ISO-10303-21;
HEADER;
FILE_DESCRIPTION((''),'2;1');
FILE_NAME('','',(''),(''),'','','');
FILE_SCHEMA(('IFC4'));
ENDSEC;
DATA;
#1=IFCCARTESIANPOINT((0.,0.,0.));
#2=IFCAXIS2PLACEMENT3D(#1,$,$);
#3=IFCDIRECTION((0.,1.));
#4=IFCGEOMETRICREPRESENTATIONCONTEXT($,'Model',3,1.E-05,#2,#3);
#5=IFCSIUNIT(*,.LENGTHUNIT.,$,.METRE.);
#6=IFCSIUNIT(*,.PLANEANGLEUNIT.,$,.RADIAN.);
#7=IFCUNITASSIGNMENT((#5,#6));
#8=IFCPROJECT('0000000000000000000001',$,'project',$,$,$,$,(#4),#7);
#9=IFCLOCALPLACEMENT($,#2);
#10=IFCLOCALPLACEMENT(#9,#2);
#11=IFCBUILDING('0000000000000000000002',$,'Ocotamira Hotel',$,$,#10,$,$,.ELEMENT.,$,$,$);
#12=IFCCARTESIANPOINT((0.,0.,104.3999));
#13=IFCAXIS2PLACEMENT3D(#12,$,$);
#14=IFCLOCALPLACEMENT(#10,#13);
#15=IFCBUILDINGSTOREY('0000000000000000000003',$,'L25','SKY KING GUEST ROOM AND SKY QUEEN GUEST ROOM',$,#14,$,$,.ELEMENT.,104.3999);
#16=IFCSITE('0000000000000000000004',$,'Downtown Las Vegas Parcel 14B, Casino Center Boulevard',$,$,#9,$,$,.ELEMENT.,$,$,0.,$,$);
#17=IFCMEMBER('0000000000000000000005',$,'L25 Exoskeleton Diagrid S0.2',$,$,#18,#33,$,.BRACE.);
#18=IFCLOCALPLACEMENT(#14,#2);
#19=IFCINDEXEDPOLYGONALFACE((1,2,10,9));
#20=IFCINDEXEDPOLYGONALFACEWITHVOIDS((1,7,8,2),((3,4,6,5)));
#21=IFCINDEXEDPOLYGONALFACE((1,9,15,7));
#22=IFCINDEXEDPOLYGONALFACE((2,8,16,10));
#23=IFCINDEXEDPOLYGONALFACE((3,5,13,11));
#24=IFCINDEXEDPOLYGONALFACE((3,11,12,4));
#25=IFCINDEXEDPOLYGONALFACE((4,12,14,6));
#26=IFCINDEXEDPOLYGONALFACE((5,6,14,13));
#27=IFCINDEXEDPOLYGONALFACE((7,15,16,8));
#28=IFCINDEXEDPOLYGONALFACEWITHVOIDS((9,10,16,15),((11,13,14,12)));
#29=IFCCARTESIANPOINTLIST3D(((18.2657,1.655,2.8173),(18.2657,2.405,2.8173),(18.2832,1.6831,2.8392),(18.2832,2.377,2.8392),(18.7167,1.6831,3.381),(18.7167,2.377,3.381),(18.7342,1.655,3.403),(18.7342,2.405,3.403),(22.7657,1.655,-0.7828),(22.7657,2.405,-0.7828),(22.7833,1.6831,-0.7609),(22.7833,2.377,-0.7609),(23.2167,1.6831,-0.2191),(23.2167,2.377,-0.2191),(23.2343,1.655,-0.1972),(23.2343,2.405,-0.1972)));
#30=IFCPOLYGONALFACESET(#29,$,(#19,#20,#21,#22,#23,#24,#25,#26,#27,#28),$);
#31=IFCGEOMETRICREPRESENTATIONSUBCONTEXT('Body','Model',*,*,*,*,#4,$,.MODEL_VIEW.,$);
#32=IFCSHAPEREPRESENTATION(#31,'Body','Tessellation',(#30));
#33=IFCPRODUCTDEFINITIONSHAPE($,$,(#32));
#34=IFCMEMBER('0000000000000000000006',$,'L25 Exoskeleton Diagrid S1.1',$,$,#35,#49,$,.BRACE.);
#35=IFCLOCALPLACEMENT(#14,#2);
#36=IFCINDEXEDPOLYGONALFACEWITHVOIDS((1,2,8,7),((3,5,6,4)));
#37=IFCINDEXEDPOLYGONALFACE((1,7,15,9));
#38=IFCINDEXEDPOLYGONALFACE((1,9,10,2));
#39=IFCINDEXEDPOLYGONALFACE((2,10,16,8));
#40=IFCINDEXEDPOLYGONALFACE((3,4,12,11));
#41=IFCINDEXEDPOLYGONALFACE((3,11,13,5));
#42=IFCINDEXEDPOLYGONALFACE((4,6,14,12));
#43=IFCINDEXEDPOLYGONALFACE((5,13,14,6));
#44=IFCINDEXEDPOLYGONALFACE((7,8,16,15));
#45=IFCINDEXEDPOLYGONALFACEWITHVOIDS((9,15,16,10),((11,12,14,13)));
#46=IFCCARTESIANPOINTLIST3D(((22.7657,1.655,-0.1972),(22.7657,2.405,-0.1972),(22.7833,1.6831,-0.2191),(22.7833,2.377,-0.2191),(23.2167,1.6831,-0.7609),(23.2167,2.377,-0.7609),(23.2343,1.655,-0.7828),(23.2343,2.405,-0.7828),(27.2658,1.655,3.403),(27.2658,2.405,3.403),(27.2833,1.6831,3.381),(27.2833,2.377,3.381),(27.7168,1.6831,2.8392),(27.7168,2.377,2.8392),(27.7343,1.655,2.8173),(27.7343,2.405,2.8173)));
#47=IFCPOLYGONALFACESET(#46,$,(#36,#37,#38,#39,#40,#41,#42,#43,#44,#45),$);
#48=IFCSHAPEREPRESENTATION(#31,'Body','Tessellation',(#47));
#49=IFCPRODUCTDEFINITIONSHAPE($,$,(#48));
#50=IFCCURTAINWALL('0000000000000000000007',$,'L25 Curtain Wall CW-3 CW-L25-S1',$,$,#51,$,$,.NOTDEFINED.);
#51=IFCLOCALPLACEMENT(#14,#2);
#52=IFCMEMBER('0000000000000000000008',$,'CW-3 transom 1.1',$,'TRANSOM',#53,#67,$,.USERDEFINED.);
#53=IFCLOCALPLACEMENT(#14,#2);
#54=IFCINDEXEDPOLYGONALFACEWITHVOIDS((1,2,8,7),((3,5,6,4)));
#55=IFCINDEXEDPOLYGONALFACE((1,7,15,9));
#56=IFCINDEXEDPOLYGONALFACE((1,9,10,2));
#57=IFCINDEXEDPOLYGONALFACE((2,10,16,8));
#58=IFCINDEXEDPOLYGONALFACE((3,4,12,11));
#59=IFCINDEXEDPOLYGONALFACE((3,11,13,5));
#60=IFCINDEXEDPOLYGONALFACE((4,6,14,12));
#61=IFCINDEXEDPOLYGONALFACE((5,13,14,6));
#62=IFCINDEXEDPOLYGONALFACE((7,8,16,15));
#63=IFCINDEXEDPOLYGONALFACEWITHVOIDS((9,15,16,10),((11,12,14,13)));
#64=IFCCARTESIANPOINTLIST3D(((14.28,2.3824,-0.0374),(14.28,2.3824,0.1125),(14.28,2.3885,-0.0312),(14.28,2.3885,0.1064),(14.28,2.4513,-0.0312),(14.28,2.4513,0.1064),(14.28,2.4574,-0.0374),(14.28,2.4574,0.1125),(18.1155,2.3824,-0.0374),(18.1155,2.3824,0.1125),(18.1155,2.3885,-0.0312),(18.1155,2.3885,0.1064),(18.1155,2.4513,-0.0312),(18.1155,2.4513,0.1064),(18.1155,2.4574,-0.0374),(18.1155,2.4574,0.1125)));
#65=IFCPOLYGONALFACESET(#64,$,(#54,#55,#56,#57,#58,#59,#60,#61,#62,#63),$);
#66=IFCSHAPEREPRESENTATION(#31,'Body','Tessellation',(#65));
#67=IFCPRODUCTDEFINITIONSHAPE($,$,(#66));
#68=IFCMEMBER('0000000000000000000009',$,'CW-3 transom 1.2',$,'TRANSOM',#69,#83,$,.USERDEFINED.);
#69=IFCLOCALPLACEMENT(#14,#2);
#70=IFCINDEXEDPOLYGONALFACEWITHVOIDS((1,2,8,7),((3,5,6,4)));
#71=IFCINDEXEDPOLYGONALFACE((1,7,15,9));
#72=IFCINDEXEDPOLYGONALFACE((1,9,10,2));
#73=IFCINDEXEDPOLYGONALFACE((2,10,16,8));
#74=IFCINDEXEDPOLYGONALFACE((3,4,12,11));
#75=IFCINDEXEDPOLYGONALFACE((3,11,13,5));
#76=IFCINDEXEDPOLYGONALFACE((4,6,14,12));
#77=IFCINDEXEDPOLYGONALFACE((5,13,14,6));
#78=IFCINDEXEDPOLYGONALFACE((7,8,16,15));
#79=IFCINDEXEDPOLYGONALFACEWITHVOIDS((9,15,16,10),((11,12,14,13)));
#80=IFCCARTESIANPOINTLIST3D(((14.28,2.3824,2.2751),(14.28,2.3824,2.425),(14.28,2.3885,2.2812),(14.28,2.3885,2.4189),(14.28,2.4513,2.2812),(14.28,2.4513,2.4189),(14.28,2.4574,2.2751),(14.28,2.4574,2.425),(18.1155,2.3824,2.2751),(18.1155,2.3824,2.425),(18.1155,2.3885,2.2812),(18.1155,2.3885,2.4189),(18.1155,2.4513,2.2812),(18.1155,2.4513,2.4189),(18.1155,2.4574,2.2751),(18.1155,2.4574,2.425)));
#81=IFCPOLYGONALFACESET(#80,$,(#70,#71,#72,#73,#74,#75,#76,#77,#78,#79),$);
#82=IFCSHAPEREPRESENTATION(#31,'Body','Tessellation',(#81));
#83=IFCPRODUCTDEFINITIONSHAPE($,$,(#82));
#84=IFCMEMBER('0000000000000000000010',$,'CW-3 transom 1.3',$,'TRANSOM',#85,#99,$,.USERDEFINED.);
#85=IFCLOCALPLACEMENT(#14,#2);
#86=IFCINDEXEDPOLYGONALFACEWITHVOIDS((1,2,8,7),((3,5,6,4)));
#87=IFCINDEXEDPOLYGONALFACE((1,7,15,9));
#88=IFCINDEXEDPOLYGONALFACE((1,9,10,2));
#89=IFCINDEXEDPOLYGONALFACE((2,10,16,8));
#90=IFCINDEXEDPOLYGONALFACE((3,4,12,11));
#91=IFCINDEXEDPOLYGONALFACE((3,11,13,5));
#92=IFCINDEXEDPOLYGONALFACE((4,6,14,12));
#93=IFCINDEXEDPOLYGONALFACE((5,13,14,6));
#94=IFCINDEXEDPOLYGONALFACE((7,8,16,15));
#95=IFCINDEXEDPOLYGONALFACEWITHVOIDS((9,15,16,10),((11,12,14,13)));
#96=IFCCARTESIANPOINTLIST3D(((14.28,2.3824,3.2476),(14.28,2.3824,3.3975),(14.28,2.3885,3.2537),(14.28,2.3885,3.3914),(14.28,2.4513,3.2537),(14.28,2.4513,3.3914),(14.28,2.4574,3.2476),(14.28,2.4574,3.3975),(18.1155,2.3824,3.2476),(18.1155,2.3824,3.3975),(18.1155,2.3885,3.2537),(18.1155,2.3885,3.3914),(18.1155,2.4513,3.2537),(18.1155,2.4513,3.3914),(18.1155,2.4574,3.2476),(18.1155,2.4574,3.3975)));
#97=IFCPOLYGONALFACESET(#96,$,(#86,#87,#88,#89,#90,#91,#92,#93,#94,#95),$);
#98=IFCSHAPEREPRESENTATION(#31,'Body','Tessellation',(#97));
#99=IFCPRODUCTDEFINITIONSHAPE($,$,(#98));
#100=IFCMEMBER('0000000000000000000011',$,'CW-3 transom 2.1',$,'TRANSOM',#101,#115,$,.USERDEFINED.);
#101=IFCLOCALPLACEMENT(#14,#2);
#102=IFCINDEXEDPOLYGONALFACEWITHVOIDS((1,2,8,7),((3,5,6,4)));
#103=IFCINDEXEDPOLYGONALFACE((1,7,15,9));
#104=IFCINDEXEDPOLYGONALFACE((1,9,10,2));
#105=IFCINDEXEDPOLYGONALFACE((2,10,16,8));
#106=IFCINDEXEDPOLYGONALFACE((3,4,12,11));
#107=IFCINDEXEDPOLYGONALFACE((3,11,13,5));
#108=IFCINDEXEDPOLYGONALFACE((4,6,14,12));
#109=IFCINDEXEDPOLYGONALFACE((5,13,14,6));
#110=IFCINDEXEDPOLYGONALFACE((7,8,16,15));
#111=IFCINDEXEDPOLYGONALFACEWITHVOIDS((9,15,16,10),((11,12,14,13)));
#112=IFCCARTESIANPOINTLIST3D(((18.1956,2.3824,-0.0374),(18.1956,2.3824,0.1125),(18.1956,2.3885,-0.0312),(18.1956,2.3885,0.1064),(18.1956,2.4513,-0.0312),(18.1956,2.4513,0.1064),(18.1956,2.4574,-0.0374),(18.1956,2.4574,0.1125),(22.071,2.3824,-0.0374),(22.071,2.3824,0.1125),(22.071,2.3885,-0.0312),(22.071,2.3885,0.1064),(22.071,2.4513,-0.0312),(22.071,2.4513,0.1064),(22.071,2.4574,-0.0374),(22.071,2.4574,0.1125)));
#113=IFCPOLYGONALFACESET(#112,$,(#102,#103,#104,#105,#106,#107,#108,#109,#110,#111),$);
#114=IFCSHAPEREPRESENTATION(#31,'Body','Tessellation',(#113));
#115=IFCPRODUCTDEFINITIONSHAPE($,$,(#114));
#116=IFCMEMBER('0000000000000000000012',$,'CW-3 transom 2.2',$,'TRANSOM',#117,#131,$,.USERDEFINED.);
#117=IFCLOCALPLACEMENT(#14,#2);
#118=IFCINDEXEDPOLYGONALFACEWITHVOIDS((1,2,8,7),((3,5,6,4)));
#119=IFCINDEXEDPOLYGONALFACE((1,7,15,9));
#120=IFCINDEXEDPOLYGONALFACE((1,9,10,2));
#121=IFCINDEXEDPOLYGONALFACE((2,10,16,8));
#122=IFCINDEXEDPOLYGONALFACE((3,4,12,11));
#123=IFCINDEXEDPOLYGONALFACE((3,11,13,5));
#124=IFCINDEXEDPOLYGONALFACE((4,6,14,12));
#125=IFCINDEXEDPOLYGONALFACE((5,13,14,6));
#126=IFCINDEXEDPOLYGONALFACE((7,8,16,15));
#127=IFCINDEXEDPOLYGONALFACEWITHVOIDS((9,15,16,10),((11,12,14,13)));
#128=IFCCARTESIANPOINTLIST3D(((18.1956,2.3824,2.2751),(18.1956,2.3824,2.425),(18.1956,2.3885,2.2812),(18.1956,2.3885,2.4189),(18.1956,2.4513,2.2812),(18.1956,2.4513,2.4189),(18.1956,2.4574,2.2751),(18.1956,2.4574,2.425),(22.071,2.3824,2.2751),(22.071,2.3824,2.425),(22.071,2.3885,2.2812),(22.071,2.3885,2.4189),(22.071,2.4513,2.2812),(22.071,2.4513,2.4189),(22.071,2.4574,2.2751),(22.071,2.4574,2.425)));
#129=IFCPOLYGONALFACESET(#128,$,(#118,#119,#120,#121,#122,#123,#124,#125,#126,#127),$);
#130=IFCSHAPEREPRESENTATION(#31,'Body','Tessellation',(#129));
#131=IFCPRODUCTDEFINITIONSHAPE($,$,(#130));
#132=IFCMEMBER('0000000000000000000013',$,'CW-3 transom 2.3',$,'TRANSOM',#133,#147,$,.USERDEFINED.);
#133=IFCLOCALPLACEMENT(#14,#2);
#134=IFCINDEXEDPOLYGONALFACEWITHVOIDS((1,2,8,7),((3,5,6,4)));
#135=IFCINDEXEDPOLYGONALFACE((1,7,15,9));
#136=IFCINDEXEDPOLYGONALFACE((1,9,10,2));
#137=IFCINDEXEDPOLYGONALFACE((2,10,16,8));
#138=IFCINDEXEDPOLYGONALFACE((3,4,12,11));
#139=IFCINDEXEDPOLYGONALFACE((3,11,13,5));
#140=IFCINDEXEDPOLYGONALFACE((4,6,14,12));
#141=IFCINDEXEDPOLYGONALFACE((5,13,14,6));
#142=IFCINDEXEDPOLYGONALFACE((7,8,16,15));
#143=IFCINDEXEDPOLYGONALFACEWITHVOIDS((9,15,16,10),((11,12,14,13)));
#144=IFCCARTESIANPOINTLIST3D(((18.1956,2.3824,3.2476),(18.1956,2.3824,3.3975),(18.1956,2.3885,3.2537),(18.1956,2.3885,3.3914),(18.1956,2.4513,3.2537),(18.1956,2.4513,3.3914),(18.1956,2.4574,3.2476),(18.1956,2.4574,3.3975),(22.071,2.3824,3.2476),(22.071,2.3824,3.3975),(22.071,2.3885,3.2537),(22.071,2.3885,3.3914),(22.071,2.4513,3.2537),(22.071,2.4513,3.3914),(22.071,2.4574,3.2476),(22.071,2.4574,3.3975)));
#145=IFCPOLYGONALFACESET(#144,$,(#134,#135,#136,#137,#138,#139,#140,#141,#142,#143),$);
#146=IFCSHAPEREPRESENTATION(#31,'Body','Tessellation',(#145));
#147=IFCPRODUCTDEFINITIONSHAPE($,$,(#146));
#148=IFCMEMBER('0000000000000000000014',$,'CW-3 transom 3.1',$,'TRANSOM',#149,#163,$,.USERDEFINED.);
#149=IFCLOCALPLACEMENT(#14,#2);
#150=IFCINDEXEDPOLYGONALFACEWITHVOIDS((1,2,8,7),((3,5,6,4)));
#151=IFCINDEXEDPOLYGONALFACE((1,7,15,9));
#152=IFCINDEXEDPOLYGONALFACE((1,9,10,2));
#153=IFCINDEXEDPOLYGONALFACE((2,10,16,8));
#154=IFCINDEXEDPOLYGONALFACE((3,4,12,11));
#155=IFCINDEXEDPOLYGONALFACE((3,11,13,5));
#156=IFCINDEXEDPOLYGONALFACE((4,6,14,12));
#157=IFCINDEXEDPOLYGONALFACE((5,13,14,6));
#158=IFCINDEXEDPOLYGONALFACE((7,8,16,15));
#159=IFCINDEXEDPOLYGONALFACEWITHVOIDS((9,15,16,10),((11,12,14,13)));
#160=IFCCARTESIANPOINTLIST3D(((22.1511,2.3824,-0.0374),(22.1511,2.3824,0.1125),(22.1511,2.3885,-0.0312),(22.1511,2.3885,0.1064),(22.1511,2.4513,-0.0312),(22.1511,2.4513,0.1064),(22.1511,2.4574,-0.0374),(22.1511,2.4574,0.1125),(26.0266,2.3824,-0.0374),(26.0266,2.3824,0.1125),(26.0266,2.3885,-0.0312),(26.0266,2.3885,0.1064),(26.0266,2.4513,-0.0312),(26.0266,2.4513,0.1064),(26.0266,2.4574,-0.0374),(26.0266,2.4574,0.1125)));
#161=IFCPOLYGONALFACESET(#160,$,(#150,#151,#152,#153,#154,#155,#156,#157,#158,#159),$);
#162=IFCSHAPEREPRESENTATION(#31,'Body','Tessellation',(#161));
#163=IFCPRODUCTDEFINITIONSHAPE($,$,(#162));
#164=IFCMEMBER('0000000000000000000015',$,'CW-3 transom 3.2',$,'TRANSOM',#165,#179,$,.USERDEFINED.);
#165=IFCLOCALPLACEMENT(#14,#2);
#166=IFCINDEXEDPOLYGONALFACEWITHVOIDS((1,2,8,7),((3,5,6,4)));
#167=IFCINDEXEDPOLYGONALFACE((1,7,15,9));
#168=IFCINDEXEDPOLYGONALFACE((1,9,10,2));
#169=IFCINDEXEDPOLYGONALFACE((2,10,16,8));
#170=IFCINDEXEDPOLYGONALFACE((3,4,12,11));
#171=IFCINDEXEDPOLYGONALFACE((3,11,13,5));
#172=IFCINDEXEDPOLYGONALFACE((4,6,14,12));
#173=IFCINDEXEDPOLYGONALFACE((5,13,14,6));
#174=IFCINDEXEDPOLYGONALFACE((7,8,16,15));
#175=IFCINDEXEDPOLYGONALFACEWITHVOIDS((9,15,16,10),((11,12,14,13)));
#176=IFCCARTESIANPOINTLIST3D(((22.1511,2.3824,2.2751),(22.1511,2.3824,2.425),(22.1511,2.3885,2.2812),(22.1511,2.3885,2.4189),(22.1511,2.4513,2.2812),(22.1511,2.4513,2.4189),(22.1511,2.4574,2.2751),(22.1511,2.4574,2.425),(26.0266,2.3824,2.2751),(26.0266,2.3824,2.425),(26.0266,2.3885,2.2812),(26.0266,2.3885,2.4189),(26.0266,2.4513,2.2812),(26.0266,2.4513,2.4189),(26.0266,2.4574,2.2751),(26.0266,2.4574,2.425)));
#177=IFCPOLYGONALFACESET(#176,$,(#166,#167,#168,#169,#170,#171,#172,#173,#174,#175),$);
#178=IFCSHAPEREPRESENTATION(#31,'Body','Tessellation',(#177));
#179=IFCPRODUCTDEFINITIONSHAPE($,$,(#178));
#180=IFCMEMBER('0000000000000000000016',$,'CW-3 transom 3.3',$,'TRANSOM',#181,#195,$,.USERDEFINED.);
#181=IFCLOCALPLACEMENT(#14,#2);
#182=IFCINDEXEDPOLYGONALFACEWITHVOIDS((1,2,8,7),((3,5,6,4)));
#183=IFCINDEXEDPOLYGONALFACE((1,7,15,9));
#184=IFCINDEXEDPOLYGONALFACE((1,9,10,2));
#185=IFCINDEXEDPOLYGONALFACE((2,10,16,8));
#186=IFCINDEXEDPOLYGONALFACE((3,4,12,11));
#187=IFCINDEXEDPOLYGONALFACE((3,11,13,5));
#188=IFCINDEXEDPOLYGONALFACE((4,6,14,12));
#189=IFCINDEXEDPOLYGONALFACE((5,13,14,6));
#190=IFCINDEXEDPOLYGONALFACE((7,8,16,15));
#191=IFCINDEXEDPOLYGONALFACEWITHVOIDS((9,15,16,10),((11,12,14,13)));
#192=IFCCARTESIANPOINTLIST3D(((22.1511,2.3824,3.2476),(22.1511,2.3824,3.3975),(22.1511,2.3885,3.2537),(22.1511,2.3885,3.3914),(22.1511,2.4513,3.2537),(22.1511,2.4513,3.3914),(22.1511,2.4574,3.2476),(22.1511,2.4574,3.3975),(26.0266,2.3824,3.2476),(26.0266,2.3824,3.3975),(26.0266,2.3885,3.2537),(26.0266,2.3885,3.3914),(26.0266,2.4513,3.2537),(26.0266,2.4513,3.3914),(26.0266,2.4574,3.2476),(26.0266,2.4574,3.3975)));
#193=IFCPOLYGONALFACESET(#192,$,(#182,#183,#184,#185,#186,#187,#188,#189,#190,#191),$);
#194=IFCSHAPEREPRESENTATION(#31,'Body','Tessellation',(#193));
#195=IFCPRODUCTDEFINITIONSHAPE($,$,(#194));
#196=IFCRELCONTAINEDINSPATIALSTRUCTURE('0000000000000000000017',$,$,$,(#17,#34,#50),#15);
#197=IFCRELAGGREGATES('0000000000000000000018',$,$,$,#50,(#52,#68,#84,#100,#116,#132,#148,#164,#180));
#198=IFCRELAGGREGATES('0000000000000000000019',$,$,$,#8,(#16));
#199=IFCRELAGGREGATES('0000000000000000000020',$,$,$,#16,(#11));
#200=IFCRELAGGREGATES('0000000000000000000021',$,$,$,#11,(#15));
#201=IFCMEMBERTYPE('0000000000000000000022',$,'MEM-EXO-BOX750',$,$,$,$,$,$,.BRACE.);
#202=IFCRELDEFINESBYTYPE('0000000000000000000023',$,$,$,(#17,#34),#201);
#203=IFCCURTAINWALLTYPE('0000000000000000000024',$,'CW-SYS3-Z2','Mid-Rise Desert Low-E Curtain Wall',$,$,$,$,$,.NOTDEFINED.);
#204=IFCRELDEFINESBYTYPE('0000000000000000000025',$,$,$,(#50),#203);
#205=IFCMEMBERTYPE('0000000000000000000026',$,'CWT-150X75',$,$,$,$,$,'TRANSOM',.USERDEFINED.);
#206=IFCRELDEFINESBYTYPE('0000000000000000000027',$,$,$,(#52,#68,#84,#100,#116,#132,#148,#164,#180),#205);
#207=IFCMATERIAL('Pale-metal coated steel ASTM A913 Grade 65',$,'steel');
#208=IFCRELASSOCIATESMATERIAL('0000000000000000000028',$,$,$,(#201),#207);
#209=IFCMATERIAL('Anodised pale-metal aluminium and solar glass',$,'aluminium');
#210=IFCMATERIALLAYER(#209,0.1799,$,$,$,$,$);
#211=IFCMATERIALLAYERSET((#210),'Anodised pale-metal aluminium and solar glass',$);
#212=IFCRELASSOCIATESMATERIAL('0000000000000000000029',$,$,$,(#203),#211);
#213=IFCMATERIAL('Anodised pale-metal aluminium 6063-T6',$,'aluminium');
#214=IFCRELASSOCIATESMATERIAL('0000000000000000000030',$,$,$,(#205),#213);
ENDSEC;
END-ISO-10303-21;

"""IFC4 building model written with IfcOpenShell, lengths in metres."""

from ifc_helpers import new_model, si_unit, direction, frame, origin, origin_2d, place, context, subcontext, project, spatial, hollow_rectangle, extrude, source, transform, mapped, material, layer, layer_set, material_profile, profile_set, type_object, element, aggregate, save


model = new_model("IFC4")

# Units and contexts
model_context = context("Model", 3, precision=1e-05, world=origin(), true_north=direction((0.0, 1.0)))
body_context = subcontext(model_context, "Body", "Model", "MODEL_VIEW")
ifc_project = project(units=[si_unit("LENGTHUNIT", "METRE"), si_unit("PLANEANGLEUNIT", "RADIAN")], contexts=[model_context])

# Site, building, storey
site_placement = place(None, origin())
site = spatial("IfcSite", under=ifc_project, at=site_placement, Name="Downtown Las Vegas Parcel 14B, Casino Center Boulevard", CompositionType="ELEMENT", RefElevation=0.0)
building_placement = place(site_placement, origin())
building = spatial("IfcBuilding", under=site, at=building_placement, Name="Ocotamira Hotel", CompositionType="ELEMENT")
storey_placement = place(building_placement, frame((0.0, 0.0, 104.3999)))
storey = spatial("IfcBuildingStorey", under=building, at=storey_placement, Name="L25", Description="SKY KING GUEST ROOM AND SKY QUEEN GUEST ROOM", CompositionType="ELEMENT", Elevation=104.3999)

# Members
ifc_material_1 = material(Name="Pale-metal coated steel ASTM A913 Grade 65", Category="steel")
ifc_material_profile_1 = material_profile(ifc_material_1, hollow_rectangle(XDim=0.75, YDim=0.75, WallThickness=0.0281, at=origin_2d()), Name="BOX750X750X28")
ifc_profile_set_1 = profile_set([ifc_material_profile_1], Name="Pale-metal coated steel ASTM A913 Grade 65")
member_type_1 = type_object("IfcMemberType", Name="MEM-EXO-BOX750", PredefinedType="BRACE", material=ifc_profile_set_1)
shared_shape_1 = source(origin(), body_context, "Body", "SweptSolid", [
    extrude(hollow_rectangle(XDim=0.75, YDim=0.75, WallThickness=0.0281, at=origin_2d()), origin(), (0.0, 0.0, 1.0), 5.7629),
])
for number, where, z_axis, x_axis, name in (
    (1, (23.0, 2.03, -0.49), (-0.780861, 0.0, 0.624705), (0.0, -1.0, 0.0), "L25 Exoskeleton Diagrid S0.2"),
    (2, (23.0, 2.03, -0.49), (0.780861, 0.0, 0.624705), (0.0, 1.0, 0.0), "L25 Exoskeleton Diagrid S1.1"),
):
    element("IfcMember", number, at=place(storey_placement, frame(where, z_axis=z_axis, x_axis=x_axis)), inside=storey, type_object=member_type_1, Name=name, PredefinedType="BRACE", context=body_context, shape_type="MappedRepresentation", body=[
        mapped(shared_shape_1, transform((0.0, 0.0, 0.0), scale=1.0)),
    ])

# Curtain wall, members
ifc_material_2 = material(Name="Anodised pale-metal aluminium and solar glass", Category="aluminium")
ifc_layer_1 = layer(ifc_material_2, 0.1799)
ifc_layer_set_1 = layer_set([ifc_layer_1], Name="Anodised pale-metal aluminium and solar glass")
curtain_wall_type = type_object("IfcCurtainWallType", Name="CW-SYS3-Z2", Description="Mid-Rise Desert Low-E Curtain Wall", PredefinedType="NOTDEFINED", material=ifc_layer_set_1)
curtain_wall_placement = place(storey_placement, origin())
curtain_wall = element("IfcCurtainWall", 3, at=curtain_wall_placement, inside=storey, type_object=curtain_wall_type, Name="L25 Curtain Wall CW-3 CW-L25-S1", PredefinedType="NOTDEFINED")
ifc_material_3 = material(Name="Anodised pale-metal aluminium 6063-T6", Category="aluminium")
ifc_material_profile_2 = material_profile(ifc_material_3, hollow_rectangle(XDim=0.075, YDim=0.1499, WallThickness=0.0061, at=origin_2d()), Name="HSS150X75X6")
ifc_profile_set_2 = profile_set([ifc_material_profile_2], Name="Anodised pale-metal aluminium 6063-T6")
member_type_2 = type_object("IfcMemberType", Name="CWT-150X75", ElementType="TRANSOM", PredefinedType="USERDEFINED", material=ifc_profile_set_2)
shared_shape_2 = source(origin(), body_context, "Body", "SweptSolid", [
    extrude(hollow_rectangle(XDim=0.075, YDim=0.1499, WallThickness=0.0061, at=origin_2d()), origin(), (0.0, 0.0, 1.0), 3.8354),
])
member_1_placement = place(storey_placement, frame((14.28, 2.4199, 0.0376), z_axis=(1.0, 0.0, 0.0), x_axis=(0.0, 1.0, 0.0)))
member_1 = element("IfcMember", 4, at=member_1_placement, type_object=member_type_2, Name="CW-3 transom 1.1", ObjectType="TRANSOM", PredefinedType="USERDEFINED", context=body_context, shape_type="MappedRepresentation", body=[
    mapped(shared_shape_2, transform((0.0, 0.0, 0.0), scale=1.0)),
])
member_2_placement = place(storey_placement, frame((14.28, 2.4199, 2.3501), z_axis=(1.0, 0.0, 0.0), x_axis=(0.0, 1.0, 0.0)))
member_2 = element("IfcMember", 5, at=member_2_placement, type_object=member_type_2, Name="CW-3 transom 1.2", ObjectType="TRANSOM", PredefinedType="USERDEFINED", context=body_context, shape_type="MappedRepresentation", body=[
    mapped(shared_shape_2, transform((0.0, 0.0, 0.0), scale=1.0)),
])
member_3_placement = place(storey_placement, frame((14.28, 2.4199, 3.3225), z_axis=(1.0, 0.0, 0.0), x_axis=(0.0, 1.0, 0.0)))
member_3 = element("IfcMember", 6, at=member_3_placement, type_object=member_type_2, Name="CW-3 transom 1.3", ObjectType="TRANSOM", PredefinedType="USERDEFINED", context=body_context, shape_type="MappedRepresentation", body=[
    mapped(shared_shape_2, transform((0.0, 0.0, 0.0), scale=1.0)),
])
shared_shape_3 = source(origin(), body_context, "Body", "SweptSolid", [
    extrude(hollow_rectangle(XDim=0.075, YDim=0.1499, WallThickness=0.0061, at=origin_2d()), origin(), (0.0, 0.0, 1.0), 3.8755),
])
member_4_placement = place(storey_placement, frame((18.1956, 2.4199, 0.0376), z_axis=(1.0, 0.0, 0.0), x_axis=(0.0, 1.0, 0.0)))
member_4 = element("IfcMember", 7, at=member_4_placement, type_object=member_type_2, Name="CW-3 transom 2.1", ObjectType="TRANSOM", PredefinedType="USERDEFINED", context=body_context, shape_type="MappedRepresentation", body=[
    mapped(shared_shape_3, transform((0.0, 0.0, 0.0), scale=1.0)),
])
member_5_placement = place(storey_placement, frame((18.1956, 2.4199, 2.3501), z_axis=(1.0, 0.0, 0.0), x_axis=(0.0, 1.0, 0.0)))
member_5 = element("IfcMember", 8, at=member_5_placement, type_object=member_type_2, Name="CW-3 transom 2.2", ObjectType="TRANSOM", PredefinedType="USERDEFINED", context=body_context, shape_type="MappedRepresentation", body=[
    mapped(shared_shape_3, transform((0.0, 0.0, 0.0), scale=1.0)),
])
member_6_placement = place(storey_placement, frame((18.1956, 2.4199, 3.3225), z_axis=(1.0, 0.0, 0.0), x_axis=(0.0, 1.0, 0.0)))
member_6 = element("IfcMember", 9, at=member_6_placement, type_object=member_type_2, Name="CW-3 transom 2.3", ObjectType="TRANSOM", PredefinedType="USERDEFINED", context=body_context, shape_type="MappedRepresentation", body=[
    mapped(shared_shape_3, transform((0.0, 0.0, 0.0), scale=1.0)),
])
member_7_placement = place(storey_placement, frame((22.1511, 2.4199, 0.0376), z_axis=(1.0, 0.0, 0.0), x_axis=(0.0, 1.0, 0.0)))
member_7 = element("IfcMember", 10, at=member_7_placement, type_object=member_type_2, Name="CW-3 transom 3.1", ObjectType="TRANSOM", PredefinedType="USERDEFINED", context=body_context, shape_type="MappedRepresentation", body=[
    mapped(shared_shape_3, transform((0.0, 0.0, 0.0), scale=1.0)),
])
member_8_placement = place(storey_placement, frame((22.1511, 2.4199, 2.3501), z_axis=(1.0, 0.0, 0.0), x_axis=(0.0, 1.0, 0.0)))
member_8 = element("IfcMember", 11, at=member_8_placement, type_object=member_type_2, Name="CW-3 transom 3.2", ObjectType="TRANSOM", PredefinedType="USERDEFINED", context=body_context, shape_type="MappedRepresentation", body=[
    mapped(shared_shape_3, transform((0.0, 0.0, 0.0), scale=1.0)),
])
member_9_placement = place(storey_placement, frame((22.1511, 2.4199, 3.3225), z_axis=(1.0, 0.0, 0.0), x_axis=(0.0, 1.0, 0.0)))
member_9 = element("IfcMember", 12, at=member_9_placement, type_object=member_type_2, Name="CW-3 transom 3.3", ObjectType="TRANSOM", PredefinedType="USERDEFINED", context=body_context, shape_type="MappedRepresentation", body=[
    mapped(shared_shape_3, transform((0.0, 0.0, 0.0), scale=1.0)),
])

aggregate(curtain_wall, [member_1, member_2, member_3, member_4, member_5, member_6, member_7, member_8, member_9])

save(model, "model.ifc")
